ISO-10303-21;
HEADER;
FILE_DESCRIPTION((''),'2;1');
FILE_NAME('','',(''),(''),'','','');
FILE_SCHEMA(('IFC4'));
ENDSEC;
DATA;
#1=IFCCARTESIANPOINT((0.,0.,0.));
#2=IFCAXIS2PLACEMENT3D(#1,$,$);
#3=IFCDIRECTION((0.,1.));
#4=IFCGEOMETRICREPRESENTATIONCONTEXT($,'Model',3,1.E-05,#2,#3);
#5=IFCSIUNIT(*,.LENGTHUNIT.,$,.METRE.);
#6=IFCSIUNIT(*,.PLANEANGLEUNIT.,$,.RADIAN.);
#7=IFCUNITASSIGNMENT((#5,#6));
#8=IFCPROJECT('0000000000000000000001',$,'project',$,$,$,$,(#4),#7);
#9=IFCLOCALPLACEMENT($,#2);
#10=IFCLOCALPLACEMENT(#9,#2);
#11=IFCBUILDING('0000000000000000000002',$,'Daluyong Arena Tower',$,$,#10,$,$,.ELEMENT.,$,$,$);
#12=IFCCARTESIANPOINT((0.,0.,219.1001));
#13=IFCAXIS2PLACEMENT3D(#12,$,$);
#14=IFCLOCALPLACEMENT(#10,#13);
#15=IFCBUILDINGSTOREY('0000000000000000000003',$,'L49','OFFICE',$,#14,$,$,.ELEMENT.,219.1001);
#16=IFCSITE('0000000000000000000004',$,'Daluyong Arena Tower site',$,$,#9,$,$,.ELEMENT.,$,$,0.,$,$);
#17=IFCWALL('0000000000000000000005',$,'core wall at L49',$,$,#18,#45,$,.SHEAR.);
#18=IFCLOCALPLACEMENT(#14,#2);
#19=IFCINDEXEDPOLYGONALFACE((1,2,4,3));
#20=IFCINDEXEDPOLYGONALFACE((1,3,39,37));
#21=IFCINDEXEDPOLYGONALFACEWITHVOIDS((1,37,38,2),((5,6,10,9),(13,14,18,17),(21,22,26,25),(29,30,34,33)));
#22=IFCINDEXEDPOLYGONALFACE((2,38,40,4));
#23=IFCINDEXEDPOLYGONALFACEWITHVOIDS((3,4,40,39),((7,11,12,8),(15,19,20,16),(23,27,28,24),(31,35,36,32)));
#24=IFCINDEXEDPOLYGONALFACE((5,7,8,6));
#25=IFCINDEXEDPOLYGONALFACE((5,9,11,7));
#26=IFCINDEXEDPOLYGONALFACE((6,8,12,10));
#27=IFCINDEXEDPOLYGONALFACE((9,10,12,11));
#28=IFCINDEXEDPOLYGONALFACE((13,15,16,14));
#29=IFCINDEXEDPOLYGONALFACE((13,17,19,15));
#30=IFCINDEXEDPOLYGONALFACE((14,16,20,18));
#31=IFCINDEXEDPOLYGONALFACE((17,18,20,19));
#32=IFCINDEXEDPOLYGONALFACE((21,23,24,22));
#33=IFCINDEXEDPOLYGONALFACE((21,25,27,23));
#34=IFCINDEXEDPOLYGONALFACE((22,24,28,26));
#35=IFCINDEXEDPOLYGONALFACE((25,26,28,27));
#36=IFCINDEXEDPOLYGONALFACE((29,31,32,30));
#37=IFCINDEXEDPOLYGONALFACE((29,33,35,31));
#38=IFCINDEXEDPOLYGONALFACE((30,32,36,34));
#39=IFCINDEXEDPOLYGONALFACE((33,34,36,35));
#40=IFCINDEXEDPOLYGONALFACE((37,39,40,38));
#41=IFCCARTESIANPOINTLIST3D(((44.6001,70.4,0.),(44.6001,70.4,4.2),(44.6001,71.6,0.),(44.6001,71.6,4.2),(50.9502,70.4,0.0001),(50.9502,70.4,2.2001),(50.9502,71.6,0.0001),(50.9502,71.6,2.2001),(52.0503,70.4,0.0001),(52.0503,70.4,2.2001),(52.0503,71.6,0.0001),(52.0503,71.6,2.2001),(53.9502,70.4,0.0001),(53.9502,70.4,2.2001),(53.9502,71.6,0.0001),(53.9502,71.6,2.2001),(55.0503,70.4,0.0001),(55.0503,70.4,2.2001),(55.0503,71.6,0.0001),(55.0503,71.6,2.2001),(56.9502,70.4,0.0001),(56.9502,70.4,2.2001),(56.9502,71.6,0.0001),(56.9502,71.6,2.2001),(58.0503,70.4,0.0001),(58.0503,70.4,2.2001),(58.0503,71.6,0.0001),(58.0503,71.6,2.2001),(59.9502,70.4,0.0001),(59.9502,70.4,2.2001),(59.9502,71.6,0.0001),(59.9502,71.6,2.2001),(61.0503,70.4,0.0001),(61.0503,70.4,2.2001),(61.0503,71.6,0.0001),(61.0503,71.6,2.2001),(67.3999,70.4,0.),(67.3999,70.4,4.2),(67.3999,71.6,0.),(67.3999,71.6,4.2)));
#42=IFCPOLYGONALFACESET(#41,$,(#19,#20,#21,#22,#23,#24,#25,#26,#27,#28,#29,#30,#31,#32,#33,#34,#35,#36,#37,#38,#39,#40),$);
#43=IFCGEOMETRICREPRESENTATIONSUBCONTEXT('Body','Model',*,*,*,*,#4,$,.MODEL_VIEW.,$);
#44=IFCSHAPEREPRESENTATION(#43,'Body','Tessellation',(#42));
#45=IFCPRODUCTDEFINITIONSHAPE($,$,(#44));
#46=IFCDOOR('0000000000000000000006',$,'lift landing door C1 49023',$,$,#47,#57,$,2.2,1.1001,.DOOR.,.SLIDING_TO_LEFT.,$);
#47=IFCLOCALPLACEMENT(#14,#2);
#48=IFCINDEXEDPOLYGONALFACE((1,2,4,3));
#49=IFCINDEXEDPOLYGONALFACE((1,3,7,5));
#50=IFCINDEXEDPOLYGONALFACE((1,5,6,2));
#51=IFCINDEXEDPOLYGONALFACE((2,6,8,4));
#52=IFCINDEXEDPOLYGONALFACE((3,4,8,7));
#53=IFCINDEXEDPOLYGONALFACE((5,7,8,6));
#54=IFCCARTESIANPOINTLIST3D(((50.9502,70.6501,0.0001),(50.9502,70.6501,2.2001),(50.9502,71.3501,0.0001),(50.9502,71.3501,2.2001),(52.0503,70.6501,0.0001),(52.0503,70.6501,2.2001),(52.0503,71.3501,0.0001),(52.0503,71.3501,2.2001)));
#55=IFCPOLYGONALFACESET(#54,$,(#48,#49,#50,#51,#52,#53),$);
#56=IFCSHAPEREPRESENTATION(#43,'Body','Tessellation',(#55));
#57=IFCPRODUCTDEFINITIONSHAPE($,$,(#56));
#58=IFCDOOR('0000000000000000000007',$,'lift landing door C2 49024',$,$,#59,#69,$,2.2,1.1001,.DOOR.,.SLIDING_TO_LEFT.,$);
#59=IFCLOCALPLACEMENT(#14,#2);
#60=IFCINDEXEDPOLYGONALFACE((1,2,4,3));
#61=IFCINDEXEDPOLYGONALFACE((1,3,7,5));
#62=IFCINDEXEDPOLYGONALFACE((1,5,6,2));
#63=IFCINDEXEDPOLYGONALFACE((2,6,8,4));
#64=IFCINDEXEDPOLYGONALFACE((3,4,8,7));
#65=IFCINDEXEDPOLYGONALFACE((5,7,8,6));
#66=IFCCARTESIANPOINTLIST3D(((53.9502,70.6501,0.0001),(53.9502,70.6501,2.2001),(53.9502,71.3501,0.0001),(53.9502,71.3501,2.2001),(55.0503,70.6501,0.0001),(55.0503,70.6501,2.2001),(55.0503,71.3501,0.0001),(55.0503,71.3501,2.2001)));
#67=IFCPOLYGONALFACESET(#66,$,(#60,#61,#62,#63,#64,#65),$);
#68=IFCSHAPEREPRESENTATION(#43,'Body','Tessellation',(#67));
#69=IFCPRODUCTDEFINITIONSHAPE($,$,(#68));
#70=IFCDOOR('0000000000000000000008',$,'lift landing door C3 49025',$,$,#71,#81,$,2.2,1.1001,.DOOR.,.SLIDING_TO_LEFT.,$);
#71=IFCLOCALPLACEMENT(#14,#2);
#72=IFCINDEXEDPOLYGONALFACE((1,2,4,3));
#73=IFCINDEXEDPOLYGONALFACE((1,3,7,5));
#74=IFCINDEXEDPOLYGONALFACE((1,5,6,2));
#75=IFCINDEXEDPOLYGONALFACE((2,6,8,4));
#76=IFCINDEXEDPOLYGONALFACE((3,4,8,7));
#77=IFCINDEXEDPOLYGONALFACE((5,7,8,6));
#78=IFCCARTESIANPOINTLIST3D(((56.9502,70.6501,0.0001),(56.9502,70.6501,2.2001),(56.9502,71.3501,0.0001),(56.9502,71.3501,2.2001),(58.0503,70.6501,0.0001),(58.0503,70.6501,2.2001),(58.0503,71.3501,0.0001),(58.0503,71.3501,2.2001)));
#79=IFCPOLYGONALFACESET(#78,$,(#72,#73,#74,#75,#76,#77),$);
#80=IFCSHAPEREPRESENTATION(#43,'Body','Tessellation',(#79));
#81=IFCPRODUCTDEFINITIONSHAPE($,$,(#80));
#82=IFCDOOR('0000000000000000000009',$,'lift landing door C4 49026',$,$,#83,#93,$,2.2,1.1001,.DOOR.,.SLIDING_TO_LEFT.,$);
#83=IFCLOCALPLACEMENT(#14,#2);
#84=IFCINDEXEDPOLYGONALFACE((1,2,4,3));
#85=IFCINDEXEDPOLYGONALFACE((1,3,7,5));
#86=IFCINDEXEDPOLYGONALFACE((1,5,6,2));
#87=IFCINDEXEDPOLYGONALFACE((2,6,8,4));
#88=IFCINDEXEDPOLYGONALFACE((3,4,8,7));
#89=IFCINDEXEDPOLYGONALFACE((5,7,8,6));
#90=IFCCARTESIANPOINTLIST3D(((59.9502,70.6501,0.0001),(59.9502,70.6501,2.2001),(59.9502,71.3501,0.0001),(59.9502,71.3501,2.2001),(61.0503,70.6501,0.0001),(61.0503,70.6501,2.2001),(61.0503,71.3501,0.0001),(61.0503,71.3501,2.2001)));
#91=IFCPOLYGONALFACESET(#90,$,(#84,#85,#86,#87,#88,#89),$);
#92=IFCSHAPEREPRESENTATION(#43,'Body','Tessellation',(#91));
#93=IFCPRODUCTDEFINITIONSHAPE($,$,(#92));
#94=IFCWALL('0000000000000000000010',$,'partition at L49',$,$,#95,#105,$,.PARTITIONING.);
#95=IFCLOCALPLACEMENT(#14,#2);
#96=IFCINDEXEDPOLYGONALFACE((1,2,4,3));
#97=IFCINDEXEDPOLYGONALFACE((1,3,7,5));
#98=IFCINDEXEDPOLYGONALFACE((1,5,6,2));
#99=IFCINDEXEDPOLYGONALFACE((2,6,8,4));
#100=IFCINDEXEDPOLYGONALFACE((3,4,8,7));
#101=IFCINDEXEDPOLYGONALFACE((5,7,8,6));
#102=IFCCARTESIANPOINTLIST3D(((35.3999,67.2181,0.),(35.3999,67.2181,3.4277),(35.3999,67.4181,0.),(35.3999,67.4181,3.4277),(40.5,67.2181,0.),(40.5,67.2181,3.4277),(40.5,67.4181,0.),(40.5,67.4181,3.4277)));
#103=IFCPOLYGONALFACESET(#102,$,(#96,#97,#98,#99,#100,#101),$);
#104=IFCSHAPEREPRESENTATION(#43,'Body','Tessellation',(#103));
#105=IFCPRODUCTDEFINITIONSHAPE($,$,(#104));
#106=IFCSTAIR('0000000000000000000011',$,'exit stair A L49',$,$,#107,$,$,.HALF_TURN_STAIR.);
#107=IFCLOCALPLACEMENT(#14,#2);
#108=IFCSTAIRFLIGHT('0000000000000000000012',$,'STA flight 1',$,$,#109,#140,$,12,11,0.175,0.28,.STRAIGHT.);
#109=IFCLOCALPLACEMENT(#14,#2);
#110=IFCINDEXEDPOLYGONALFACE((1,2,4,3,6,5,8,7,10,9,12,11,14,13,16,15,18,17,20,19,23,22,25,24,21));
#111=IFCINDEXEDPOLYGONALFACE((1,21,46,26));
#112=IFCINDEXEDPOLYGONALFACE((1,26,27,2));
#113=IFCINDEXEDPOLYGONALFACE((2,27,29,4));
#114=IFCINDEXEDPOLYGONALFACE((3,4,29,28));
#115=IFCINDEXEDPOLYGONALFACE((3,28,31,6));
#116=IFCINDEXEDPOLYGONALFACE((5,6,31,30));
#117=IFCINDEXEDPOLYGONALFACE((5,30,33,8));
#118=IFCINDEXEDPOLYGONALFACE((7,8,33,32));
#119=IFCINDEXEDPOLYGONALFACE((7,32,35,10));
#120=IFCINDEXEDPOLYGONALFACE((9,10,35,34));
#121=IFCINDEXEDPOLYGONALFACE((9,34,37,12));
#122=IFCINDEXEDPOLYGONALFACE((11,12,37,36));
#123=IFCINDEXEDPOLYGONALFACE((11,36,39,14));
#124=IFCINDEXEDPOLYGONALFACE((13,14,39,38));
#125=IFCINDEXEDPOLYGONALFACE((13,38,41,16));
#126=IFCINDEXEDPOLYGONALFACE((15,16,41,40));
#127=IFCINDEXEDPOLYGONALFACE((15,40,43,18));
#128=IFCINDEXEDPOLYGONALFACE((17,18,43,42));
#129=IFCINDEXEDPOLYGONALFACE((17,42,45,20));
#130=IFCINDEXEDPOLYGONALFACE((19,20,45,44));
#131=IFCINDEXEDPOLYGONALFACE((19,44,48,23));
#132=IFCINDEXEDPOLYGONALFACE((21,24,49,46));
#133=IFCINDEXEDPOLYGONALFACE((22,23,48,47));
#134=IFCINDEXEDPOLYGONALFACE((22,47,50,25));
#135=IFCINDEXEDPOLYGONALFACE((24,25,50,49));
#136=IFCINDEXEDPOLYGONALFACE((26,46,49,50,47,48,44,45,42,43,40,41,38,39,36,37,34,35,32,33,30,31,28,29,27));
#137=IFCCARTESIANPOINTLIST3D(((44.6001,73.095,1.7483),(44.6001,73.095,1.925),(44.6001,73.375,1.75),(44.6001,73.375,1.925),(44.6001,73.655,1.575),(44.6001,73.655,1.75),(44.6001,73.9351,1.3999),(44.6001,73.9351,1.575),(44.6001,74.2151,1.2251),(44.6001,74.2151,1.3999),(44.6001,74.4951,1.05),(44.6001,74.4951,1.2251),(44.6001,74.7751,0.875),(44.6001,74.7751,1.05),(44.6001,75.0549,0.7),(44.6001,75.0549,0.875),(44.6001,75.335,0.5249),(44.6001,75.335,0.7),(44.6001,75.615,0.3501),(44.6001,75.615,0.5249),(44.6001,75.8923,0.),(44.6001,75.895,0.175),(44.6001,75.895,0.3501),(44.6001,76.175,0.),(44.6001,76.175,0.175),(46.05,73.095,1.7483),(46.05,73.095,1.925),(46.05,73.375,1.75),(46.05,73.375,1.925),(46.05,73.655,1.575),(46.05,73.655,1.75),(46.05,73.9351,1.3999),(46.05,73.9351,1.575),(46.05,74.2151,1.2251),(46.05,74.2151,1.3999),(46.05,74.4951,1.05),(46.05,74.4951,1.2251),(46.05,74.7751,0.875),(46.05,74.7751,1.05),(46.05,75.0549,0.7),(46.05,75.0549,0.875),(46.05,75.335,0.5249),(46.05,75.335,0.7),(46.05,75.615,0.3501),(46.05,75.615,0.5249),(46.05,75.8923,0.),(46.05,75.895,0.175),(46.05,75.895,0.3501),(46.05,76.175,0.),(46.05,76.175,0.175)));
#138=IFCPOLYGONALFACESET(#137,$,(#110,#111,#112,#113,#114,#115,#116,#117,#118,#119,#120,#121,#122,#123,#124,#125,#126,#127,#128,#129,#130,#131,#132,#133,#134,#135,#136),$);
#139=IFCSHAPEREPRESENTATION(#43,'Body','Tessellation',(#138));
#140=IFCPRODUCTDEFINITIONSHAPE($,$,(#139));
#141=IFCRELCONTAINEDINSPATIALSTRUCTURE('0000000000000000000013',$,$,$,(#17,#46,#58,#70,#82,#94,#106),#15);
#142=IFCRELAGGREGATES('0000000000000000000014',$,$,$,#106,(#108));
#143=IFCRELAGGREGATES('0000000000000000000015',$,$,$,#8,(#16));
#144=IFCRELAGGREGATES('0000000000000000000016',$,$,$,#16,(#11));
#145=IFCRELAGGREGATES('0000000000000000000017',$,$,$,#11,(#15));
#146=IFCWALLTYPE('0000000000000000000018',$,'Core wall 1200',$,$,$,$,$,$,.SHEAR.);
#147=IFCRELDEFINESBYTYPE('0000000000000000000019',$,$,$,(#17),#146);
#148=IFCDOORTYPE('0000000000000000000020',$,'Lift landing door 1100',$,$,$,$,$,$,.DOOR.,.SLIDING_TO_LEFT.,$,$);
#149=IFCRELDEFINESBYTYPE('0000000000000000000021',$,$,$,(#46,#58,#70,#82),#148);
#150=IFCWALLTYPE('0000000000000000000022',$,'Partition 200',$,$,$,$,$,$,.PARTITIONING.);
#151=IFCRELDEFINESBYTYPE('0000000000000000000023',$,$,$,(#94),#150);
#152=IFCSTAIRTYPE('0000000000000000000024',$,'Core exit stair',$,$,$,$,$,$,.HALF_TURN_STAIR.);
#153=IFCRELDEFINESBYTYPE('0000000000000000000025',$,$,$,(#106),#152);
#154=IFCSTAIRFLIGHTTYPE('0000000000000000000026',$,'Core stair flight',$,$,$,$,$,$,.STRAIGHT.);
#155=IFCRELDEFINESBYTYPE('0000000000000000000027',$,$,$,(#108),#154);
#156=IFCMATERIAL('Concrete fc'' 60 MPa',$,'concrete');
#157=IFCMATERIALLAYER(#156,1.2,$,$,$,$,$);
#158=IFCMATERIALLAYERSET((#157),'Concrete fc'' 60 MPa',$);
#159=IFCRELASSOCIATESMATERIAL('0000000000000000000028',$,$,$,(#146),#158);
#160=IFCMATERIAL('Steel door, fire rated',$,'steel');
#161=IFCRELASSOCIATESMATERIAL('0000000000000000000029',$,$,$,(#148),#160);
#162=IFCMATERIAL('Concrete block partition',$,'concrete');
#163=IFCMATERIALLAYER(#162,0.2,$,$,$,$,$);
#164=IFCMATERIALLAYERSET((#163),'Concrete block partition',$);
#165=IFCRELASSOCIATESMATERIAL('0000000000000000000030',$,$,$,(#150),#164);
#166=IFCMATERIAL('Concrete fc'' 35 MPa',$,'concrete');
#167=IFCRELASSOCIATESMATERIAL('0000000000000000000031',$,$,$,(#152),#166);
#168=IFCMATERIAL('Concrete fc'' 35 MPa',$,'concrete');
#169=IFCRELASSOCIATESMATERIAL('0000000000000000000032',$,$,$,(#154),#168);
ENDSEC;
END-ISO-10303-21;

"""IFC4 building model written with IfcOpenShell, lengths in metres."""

from ifc_helpers import new_model, si_unit, direction, frame, frame_2d, origin, place, context, subcontext, project, spatial, polyline, rectangle, outline, extrude, material, layer, layer_set, type_object, element, fill, aggregate, save


model = new_model("IFC4")

# Units and contexts
model_context = context("Model", 3, precision=1e-05, world=origin(), true_north=direction((0.0, 1.0)))
body_context = subcontext(model_context, "Body", "Model", "MODEL_VIEW")
ifc_project = project(units=[si_unit("LENGTHUNIT", "METRE"), si_unit("PLANEANGLEUNIT", "RADIAN")], contexts=[model_context])

# Site, building, storey
site_placement = place(None, origin())
site = spatial("IfcSite", under=ifc_project, at=site_placement, Name="Daluyong Arena Tower site", CompositionType="ELEMENT", RefElevation=0.0)
building_placement = place(site_placement, origin())
building = spatial("IfcBuilding", under=site, at=building_placement, Name="Daluyong Arena Tower", CompositionType="ELEMENT")
storey_placement = place(building_placement, frame((0.0, 0.0, 219.1001)))
storey = spatial("IfcBuildingStorey", under=building, at=storey_placement, Name="L49", Description="OFFICE", CompositionType="ELEMENT", Elevation=219.1001)

# Shared definitions
ifc_material_1 = material(Name="Concrete fc' 60 MPa", Category="concrete")
ifc_layer_1 = layer(ifc_material_1, 1.2)
ifc_layer_set_1 = layer_set([ifc_layer_1], Name="Concrete fc' 60 MPa")
wall_type_1 = type_object("IfcWallType", Name="Core wall 1200", PredefinedType="SHEAR", material=ifc_layer_set_1)

# Wall, openings, doors
wall_1_placement = place(storey_placement, frame((44.6001, 71.0, 0.0), z_axis=(0.0, 0.0, 1.0), x_axis=(1.0, 0.0, 0.0)))
wall_1 = element("IfcWall", 1, at=wall_1_placement, inside=storey, type_object=wall_type_1, Name="core wall at L49", PredefinedType="SHEAR", context=body_context, shape_type="SweptSolid", body=[
    extrude(rectangle(XDim=22.7998, YDim=1.2, at=frame_2d((11.3999, 0.0))), origin(), (0.0, 0.0, 1.0), 4.2),
])
opening_1_placement = place(wall_1_placement, frame((6.3501, 0.0, 0.0)))
opening_1 = element("IfcOpeningElement", 2, at=opening_1_placement, cuts=wall_1, PredefinedType="OPENING", context=body_context, shape_type="SweptSolid", body=[
    extrude(rectangle(XDim=1.1001, YDim=2.2, at=frame_2d((0.55, 1.1001))), frame((0.0, 0.6099, 0.0), z_axis=(0.0, -1.0, 0.0), x_axis=(1.0, 0.0, 0.0)), (0.0, 0.0, 1.0), 1.22),
])
opening_2_placement = place(wall_1_placement, frame((9.3501, 0.0, 0.0)))
opening_2 = element("IfcOpeningElement", 3, at=opening_2_placement, cuts=wall_1, PredefinedType="OPENING", context=body_context, shape_type="SweptSolid", body=[
    extrude(rectangle(XDim=1.1001, YDim=2.2, at=frame_2d((0.55, 1.1001))), frame((0.0, 0.6099, 0.0), z_axis=(0.0, -1.0, 0.0), x_axis=(1.0, 0.0, 0.0)), (0.0, 0.0, 1.0), 1.22),
])
opening_3_placement = place(wall_1_placement, frame((12.3501, 0.0, 0.0)))
opening_3 = element("IfcOpeningElement", 4, at=opening_3_placement, cuts=wall_1, PredefinedType="OPENING", context=body_context, shape_type="SweptSolid", body=[
    extrude(rectangle(XDim=1.1001, YDim=2.2, at=frame_2d((0.55, 1.1001))), frame((0.0, 0.6099, 0.0), z_axis=(0.0, -1.0, 0.0), x_axis=(1.0, 0.0, 0.0)), (0.0, 0.0, 1.0), 1.22),
])
opening_4_placement = place(wall_1_placement, frame((15.3501, 0.0, 0.0)))
opening_4 = element("IfcOpeningElement", 5, at=opening_4_placement, cuts=wall_1, PredefinedType="OPENING", context=body_context, shape_type="SweptSolid", body=[
    extrude(rectangle(XDim=1.1001, YDim=2.2, at=frame_2d((0.55, 1.1001))), frame((0.0, 0.6099, 0.0), z_axis=(0.0, -1.0, 0.0), x_axis=(1.0, 0.0, 0.0)), (0.0, 0.0, 1.0), 1.22),
])
ifc_material_2 = material(Name="Steel door, fire rated", Category="steel")
door_type_1 = type_object("IfcDoorType", Name="Lift landing door 1100", OperationType="SLIDING_TO_LEFT", PredefinedType="DOOR", material=ifc_material_2)
door_1_placement = place(opening_1_placement, origin())
door_1 = element("IfcDoor", 6, at=door_1_placement, inside=storey, type_object=door_type_1, Name="lift landing door C1 49023", OperationType="SLIDING_TO_LEFT", OverallHeight=2.2, OverallWidth=1.1001, PredefinedType="DOOR", context=body_context, shape_type="SweptSolid", body=[
    extrude(rectangle(XDim=1.1001, YDim=2.2, at=frame_2d((0.55, 1.1001))), frame((0.0, 0.3501, 0.0), z_axis=(0.0, -1.0, 0.0), x_axis=(1.0, 0.0, 0.0)), (0.0, 0.0, 1.0), 0.7),
])
fill(opening_1, door_1)
door_2_placement = place(opening_2_placement, origin())
door_2 = element("IfcDoor", 7, at=door_2_placement, inside=storey, type_object=door_type_1, Name="lift landing door C2 49024", OperationType="SLIDING_TO_LEFT", OverallHeight=2.2, OverallWidth=1.1001, PredefinedType="DOOR", context=body_context, shape_type="SweptSolid", body=[
    extrude(rectangle(XDim=1.1001, YDim=2.2, at=frame_2d((0.55, 1.1001))), frame((0.0, 0.3501, 0.0), z_axis=(0.0, -1.0, 0.0), x_axis=(1.0, 0.0, 0.0)), (0.0, 0.0, 1.0), 0.7),
])
fill(opening_2, door_2)
door_3_placement = place(opening_3_placement, origin())
door_3 = element("IfcDoor", 8, at=door_3_placement, inside=storey, type_object=door_type_1, Name="lift landing door C3 49025", OperationType="SLIDING_TO_LEFT", OverallHeight=2.2, OverallWidth=1.1001, PredefinedType="DOOR", context=body_context, shape_type="SweptSolid", body=[
    extrude(rectangle(XDim=1.1001, YDim=2.2, at=frame_2d((0.55, 1.1001))), frame((0.0, 0.3501, 0.0), z_axis=(0.0, -1.0, 0.0), x_axis=(1.0, 0.0, 0.0)), (0.0, 0.0, 1.0), 0.7),
])
fill(opening_3, door_3)
door_4_placement = place(opening_4_placement, origin())
door_4 = element("IfcDoor", 9, at=door_4_placement, inside=storey, type_object=door_type_1, Name="lift landing door C4 49026", OperationType="SLIDING_TO_LEFT", OverallHeight=2.2, OverallWidth=1.1001, PredefinedType="DOOR", context=body_context, shape_type="SweptSolid", body=[
    extrude(rectangle(XDim=1.1001, YDim=2.2, at=frame_2d((0.55, 1.1001))), frame((0.0, 0.3501, 0.0), z_axis=(0.0, -1.0, 0.0), x_axis=(1.0, 0.0, 0.0)), (0.0, 0.0, 1.0), 0.7),
])
fill(opening_4, door_4)

# Wall
ifc_material_3 = material(Name="Concrete block partition", Category="concrete")
ifc_layer_2 = layer(ifc_material_3, 0.2)
ifc_layer_set_2 = layer_set([ifc_layer_2], Name="Concrete block partition")
wall_type_2 = type_object("IfcWallType", Name="Partition 200", PredefinedType="PARTITIONING", material=ifc_layer_set_2)
wall_2_placement = place(storey_placement, frame((35.3999, 67.3181, 0.0), z_axis=(0.0, 0.0, 1.0), x_axis=(1.0, 0.0, 0.0)))
element("IfcWall", 10, at=wall_2_placement, inside=storey, type_object=wall_type_2, Name="partition at L49", PredefinedType="PARTITIONING", context=body_context, shape_type="SweptSolid", body=[
    extrude(rectangle(XDim=5.1001, YDim=0.2, at=frame_2d((2.55, 0.0))), origin(), (0.0, 0.0, 1.0), 3.4277),
])

# Stair, stair flight
ifc_material_4 = material(Name="Concrete fc' 35 MPa", Category="concrete")
stair_type = type_object("IfcStairType", Name="Core exit stair", PredefinedType="HALF_TURN_STAIR", material=ifc_material_4)
stair_placement = place(storey_placement, origin())
stair = element("IfcStair", 11, at=stair_placement, inside=storey, type_object=stair_type, Name="exit stair A L49", PredefinedType="HALF_TURN_STAIR")
ifc_material_5 = material(Name="Concrete fc' 35 MPa", Category="concrete")
stair_flight_type = type_object("IfcStairFlightType", Name="Core stair flight", PredefinedType="STRAIGHT", material=ifc_material_5)
stair_flight_placement = place(storey_placement, frame((45.325, 76.175, 0.0), z_axis=(0.0, 0.0, 1.0), x_axis=(0.0, -1.0, 0.0)))
stair_flight = element("IfcStairFlight", 12, at=stair_flight_placement, type_object=stair_flight_type, Name="STA flight 1", NumberOfRisers=12, NumberOfTreads=11, PredefinedType="STRAIGHT", RiserHeight=0.175, TreadLength=0.28, context=body_context, shape_type="SweptSolid", body=[
    extrude(outline(polyline([(0.0, 0.0), (0.0, 0.175), (0.28, 0.175), (0.28, 0.3501), (0.5601, 0.3501), (0.5601, 0.5249), (0.8401, 0.5249), (0.8401, 0.7), (1.1201, 0.7), (1.1201, 0.875), (1.3999, 0.875), (1.3999, 1.05), (1.6799, 1.05), (1.6799, 1.2251), (1.96, 1.2251), (1.96, 1.3999), (2.24, 1.3999), (2.24, 1.575), (2.52, 1.575), (2.52, 1.75), (2.8, 1.75), (2.8, 1.925), (3.0801, 1.925), (3.0801, 2.1001), (3.0801, 1.7483), (0.2827, 0.0), (0.0, 0.0)])), frame((0.0, 0.7251, 0.0), z_axis=(0.0, -1.0, 0.0), x_axis=(1.0, 0.0, 0.0)), (0.0, 0.0, 1.0), 1.45),
])
aggregate(stair, [stair_flight])

save(model, "model.ifc")
